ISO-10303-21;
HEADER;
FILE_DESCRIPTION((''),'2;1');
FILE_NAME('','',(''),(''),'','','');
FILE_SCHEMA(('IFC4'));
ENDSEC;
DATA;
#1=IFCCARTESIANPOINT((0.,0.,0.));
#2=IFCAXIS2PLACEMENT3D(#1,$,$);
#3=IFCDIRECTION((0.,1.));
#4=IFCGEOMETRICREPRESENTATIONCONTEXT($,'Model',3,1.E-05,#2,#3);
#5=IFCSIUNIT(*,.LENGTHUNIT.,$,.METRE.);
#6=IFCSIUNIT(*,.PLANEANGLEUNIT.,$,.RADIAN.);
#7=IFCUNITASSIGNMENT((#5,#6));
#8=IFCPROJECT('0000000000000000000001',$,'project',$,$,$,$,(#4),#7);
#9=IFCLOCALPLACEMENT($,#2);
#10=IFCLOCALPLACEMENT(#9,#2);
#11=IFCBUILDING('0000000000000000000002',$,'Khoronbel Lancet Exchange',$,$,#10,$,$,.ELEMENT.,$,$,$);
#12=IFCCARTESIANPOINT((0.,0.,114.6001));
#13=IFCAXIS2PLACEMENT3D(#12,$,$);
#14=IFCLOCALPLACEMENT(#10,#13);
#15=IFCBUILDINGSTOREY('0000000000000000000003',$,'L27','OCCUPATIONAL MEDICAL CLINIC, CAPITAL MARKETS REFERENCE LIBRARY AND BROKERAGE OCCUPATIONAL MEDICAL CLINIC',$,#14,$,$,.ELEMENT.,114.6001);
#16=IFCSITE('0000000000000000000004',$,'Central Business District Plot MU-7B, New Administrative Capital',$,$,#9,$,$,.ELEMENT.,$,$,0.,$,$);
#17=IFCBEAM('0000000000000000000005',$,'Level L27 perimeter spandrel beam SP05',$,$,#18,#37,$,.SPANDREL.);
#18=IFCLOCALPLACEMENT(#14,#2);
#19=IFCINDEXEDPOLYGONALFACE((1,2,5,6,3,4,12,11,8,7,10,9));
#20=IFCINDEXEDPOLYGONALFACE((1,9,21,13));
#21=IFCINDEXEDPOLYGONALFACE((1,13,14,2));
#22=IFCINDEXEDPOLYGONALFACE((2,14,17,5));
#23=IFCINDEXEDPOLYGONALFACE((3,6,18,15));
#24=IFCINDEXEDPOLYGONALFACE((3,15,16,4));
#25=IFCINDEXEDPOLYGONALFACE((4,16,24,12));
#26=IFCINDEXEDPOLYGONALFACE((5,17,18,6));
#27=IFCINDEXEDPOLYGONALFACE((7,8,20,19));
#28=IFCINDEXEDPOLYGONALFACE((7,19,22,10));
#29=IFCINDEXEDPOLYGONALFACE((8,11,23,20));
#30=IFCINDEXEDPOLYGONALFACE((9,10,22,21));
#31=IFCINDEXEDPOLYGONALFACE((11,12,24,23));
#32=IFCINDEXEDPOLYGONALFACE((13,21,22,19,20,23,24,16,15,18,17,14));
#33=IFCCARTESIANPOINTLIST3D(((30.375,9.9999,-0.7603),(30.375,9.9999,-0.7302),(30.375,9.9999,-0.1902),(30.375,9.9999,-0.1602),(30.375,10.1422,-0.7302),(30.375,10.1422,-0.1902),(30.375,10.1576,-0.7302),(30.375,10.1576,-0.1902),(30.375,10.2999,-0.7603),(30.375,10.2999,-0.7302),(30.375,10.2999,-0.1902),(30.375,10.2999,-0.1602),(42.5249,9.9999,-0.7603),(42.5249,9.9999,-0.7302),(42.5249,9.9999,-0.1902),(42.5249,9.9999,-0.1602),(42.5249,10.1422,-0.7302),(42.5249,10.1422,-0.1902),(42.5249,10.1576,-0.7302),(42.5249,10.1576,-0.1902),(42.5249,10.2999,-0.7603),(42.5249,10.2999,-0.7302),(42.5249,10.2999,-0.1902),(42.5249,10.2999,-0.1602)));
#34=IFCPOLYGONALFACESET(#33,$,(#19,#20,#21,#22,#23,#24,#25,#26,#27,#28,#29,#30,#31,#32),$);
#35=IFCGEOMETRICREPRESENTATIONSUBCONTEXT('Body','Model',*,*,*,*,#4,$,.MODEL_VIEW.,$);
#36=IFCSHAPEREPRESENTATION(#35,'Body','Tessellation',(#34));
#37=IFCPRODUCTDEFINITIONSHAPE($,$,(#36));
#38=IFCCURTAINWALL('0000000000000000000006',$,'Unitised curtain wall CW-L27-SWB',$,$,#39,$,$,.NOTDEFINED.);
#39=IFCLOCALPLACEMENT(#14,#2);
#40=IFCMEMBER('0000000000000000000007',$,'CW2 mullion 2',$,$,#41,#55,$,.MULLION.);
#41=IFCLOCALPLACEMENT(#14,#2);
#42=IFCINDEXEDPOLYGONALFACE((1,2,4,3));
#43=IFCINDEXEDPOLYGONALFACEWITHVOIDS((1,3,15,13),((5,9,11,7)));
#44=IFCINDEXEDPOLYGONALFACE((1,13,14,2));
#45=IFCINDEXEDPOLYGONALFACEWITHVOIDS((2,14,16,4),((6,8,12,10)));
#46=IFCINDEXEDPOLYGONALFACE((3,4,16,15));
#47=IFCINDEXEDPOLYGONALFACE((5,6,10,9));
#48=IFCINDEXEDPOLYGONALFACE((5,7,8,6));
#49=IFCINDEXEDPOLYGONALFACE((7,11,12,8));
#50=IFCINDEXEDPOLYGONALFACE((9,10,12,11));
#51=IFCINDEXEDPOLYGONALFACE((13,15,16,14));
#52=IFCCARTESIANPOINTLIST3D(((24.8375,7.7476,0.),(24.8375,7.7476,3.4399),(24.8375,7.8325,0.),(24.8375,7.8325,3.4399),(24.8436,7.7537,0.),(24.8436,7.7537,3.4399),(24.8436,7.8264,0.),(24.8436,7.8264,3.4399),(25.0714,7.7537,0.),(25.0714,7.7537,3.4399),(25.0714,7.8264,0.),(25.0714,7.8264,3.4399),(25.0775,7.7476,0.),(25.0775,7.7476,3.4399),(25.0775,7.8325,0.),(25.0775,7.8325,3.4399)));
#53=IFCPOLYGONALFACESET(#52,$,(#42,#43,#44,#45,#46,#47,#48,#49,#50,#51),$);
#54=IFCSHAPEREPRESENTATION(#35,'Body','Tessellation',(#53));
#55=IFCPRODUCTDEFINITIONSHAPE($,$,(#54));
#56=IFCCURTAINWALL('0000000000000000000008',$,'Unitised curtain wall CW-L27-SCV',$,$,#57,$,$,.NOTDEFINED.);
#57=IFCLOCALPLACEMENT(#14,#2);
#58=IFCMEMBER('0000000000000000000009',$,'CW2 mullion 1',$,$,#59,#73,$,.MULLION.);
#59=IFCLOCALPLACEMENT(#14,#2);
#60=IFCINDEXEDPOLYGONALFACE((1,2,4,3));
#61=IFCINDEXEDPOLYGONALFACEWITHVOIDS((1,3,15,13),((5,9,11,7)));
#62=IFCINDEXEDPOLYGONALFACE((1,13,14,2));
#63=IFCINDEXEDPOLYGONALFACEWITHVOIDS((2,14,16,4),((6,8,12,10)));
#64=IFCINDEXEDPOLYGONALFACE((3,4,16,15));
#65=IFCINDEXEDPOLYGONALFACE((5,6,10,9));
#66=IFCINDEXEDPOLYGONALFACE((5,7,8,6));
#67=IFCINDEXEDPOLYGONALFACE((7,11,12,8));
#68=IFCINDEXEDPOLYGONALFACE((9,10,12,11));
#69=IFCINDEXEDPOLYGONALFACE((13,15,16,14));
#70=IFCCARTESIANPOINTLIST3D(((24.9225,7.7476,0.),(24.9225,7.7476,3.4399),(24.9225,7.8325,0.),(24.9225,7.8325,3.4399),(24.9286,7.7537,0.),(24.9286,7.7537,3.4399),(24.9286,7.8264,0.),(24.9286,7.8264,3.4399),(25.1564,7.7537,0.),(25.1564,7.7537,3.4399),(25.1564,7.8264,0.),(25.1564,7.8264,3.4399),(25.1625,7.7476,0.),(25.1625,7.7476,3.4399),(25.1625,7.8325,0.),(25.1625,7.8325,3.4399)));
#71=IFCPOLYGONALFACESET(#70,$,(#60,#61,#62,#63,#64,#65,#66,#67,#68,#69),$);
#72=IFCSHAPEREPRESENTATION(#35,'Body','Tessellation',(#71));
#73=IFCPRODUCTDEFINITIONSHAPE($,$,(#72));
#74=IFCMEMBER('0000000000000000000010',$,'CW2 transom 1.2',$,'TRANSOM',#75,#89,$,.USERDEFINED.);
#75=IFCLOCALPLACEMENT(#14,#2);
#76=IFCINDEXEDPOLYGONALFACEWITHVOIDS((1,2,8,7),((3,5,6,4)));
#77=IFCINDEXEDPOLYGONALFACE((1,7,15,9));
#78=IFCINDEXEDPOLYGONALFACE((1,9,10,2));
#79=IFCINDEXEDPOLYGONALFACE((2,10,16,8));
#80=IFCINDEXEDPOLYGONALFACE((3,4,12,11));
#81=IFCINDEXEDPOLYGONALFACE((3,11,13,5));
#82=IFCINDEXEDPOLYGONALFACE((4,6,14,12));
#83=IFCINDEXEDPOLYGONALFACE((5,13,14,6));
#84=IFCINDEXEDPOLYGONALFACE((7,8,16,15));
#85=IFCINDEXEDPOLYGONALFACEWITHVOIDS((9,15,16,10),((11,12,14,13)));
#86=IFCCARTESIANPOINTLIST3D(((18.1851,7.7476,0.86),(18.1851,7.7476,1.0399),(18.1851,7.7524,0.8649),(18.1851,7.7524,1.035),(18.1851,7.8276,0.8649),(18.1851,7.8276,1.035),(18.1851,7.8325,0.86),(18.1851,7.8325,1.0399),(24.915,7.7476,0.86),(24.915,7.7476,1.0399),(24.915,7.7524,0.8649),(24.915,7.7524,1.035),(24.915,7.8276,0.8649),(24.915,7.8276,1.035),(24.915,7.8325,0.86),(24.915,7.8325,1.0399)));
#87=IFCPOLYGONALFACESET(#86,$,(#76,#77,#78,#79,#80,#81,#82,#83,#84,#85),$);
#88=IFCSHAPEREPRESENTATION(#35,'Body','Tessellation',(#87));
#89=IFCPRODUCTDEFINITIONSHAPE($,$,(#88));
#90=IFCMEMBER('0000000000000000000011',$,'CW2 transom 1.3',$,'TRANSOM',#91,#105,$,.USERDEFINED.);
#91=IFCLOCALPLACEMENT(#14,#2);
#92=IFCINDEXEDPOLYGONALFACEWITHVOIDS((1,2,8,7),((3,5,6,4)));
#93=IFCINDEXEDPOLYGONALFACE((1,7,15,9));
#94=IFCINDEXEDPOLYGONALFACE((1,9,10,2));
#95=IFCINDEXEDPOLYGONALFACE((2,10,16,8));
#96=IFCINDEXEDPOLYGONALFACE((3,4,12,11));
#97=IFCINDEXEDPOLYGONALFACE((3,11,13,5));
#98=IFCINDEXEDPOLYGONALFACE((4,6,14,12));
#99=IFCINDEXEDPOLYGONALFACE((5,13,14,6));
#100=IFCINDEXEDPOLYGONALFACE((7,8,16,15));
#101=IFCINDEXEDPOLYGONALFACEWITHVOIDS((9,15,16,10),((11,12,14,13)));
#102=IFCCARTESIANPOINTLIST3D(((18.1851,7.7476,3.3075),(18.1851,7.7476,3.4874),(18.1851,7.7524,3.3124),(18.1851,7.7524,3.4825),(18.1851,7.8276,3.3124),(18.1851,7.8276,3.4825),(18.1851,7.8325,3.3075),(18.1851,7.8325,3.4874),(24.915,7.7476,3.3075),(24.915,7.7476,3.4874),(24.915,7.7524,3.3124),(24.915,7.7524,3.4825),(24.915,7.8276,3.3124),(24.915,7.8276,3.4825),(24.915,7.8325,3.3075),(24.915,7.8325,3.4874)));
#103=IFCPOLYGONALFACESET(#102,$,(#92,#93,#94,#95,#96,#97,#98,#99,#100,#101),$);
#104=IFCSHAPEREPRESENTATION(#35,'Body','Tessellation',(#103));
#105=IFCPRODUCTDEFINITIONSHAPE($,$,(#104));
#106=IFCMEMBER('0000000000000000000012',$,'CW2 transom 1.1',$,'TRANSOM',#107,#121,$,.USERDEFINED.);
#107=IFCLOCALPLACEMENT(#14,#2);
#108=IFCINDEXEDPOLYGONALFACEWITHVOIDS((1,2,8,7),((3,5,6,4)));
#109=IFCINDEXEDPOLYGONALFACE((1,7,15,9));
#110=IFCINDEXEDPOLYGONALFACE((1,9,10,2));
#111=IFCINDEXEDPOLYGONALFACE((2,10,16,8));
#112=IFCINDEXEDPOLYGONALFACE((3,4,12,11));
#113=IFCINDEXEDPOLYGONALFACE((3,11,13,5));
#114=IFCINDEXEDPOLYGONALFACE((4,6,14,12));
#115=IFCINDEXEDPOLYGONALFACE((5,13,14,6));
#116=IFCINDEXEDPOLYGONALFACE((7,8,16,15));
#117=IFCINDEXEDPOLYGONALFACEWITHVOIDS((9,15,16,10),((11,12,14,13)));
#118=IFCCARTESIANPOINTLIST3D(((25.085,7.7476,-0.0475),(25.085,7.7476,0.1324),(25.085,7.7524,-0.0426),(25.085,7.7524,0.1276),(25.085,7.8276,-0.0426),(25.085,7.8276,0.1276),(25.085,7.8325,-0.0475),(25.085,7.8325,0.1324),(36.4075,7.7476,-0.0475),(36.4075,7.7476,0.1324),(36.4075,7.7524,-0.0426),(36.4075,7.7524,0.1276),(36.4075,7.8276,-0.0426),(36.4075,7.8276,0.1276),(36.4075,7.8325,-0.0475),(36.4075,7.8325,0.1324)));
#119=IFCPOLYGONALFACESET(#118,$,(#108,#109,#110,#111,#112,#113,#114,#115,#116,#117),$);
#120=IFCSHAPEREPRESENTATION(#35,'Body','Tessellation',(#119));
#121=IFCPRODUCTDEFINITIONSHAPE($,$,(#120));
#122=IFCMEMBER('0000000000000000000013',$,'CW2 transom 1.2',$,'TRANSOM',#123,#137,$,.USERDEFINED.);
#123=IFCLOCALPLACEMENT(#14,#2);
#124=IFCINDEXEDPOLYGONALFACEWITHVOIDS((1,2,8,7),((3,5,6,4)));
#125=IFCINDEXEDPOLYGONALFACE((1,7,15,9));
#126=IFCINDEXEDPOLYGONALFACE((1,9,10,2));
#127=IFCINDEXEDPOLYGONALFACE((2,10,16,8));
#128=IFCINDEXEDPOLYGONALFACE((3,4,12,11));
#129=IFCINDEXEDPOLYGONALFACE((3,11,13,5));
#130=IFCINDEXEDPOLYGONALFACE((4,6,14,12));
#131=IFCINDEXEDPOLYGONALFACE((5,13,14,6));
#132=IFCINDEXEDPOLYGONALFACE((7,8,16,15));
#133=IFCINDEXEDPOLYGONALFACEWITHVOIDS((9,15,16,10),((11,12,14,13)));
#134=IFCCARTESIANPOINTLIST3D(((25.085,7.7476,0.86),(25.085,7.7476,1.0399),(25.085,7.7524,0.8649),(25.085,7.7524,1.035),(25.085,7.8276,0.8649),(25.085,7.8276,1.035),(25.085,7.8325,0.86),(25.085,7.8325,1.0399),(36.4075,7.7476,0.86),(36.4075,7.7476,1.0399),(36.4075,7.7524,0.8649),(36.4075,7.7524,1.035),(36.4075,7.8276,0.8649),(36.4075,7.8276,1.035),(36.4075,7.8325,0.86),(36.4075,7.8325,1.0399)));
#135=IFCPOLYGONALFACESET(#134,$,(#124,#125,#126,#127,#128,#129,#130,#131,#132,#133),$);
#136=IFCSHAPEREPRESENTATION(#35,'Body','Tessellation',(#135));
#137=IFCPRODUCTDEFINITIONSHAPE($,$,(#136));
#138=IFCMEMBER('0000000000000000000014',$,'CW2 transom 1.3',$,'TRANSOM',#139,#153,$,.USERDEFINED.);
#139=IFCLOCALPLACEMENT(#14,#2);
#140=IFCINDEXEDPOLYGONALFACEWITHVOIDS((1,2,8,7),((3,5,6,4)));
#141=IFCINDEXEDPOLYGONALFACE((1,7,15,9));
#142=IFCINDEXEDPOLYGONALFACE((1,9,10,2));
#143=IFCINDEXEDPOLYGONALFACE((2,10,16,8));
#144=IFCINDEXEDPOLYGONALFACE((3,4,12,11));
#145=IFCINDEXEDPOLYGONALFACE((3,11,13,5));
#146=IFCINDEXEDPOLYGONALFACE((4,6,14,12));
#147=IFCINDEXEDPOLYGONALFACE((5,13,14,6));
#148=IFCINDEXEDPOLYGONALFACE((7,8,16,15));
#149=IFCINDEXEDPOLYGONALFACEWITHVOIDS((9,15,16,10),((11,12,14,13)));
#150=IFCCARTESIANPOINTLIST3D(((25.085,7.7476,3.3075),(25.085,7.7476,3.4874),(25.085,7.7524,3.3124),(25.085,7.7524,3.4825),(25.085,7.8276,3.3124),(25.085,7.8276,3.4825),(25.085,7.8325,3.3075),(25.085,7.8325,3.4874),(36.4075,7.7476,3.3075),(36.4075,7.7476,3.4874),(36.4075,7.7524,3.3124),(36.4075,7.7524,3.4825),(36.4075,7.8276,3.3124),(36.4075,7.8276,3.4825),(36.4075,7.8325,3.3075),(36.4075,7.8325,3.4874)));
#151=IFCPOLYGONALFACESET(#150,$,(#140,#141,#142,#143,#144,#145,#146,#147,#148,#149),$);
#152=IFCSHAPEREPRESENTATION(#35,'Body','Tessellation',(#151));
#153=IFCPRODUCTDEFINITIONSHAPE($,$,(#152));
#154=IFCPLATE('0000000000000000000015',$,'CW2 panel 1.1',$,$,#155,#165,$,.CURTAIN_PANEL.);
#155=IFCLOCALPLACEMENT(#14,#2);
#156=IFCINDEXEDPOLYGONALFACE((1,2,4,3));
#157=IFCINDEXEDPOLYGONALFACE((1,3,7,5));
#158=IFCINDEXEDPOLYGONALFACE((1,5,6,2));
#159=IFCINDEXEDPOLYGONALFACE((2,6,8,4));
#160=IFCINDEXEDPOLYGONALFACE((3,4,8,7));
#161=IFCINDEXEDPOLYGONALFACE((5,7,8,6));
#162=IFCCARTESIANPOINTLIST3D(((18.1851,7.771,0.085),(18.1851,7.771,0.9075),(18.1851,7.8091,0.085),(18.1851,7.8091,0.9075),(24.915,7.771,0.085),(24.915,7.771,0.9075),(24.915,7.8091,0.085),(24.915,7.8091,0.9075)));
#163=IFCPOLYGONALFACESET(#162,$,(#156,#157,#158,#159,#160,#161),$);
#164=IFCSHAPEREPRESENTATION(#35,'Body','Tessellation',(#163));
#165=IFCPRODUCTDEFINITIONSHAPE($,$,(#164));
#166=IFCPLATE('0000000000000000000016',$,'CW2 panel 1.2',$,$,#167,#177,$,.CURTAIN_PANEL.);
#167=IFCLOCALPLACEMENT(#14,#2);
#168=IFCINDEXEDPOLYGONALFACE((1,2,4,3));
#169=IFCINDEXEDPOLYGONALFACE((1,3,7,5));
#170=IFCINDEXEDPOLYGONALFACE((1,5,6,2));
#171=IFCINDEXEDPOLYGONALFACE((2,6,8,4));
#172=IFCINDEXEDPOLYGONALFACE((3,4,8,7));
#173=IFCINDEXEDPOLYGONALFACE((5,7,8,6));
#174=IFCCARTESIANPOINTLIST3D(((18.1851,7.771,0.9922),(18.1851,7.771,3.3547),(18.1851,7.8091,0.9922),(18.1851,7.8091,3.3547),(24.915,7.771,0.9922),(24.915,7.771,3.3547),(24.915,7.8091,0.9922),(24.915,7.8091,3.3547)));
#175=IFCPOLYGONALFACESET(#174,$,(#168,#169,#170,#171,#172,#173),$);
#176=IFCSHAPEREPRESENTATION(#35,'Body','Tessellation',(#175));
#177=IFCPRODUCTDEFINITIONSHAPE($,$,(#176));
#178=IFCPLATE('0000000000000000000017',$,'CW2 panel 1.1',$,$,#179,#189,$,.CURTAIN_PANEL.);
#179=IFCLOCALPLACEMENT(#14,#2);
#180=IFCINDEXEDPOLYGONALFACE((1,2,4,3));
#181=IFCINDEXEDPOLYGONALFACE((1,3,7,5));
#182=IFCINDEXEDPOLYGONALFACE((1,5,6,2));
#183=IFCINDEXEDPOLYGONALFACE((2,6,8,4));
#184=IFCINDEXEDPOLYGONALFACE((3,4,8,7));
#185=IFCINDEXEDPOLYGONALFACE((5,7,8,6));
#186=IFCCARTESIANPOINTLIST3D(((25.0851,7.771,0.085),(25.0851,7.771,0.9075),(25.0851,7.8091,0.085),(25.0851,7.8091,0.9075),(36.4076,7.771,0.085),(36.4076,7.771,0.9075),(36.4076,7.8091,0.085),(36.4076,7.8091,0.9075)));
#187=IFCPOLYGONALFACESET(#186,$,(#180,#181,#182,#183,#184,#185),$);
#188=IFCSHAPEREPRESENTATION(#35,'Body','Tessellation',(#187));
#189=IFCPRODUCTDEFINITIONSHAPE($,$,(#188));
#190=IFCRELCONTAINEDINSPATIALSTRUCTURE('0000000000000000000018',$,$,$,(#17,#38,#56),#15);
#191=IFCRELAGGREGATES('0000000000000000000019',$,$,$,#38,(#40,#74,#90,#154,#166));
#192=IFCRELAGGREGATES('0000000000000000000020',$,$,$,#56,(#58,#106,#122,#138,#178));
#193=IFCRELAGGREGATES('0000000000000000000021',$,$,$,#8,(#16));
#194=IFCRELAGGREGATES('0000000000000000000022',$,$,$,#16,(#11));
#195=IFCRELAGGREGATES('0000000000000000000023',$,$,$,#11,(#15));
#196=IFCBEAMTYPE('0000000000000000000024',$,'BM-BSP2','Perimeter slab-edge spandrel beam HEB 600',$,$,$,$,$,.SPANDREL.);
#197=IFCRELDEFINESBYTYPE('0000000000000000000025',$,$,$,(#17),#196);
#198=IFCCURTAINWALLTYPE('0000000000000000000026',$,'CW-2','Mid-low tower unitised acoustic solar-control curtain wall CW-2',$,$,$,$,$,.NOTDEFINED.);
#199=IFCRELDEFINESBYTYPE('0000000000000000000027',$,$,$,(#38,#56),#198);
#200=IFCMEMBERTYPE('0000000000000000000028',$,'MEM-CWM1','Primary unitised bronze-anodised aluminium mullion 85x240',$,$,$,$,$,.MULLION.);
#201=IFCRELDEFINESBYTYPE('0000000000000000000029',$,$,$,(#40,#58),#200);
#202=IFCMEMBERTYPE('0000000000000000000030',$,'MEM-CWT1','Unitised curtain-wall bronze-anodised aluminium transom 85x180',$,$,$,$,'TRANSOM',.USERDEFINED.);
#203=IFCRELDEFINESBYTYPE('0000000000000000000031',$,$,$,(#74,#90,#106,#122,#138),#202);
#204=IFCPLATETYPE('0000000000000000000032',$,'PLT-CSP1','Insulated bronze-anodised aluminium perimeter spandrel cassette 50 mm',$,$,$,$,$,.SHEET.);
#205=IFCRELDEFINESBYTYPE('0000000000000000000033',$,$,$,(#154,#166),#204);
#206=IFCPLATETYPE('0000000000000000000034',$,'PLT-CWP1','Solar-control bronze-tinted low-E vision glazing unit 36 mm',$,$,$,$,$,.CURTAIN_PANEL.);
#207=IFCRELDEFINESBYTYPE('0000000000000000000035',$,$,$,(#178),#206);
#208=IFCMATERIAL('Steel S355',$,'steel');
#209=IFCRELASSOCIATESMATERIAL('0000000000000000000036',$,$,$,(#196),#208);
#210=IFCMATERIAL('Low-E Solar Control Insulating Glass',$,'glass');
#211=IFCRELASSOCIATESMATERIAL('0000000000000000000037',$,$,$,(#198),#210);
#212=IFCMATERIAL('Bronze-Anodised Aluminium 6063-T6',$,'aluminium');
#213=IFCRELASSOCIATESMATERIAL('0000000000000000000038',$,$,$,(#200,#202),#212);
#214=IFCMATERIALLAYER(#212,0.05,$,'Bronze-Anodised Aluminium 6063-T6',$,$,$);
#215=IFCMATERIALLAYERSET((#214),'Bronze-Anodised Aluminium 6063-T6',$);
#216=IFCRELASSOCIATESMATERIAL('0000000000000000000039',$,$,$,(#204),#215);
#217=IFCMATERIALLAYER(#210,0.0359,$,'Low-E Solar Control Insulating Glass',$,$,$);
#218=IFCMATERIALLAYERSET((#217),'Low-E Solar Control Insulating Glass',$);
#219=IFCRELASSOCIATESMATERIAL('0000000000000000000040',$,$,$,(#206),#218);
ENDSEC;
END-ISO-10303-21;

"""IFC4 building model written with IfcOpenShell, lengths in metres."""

from ifc_helpers import new_model, si_unit, direction, frame, origin, origin_2d, place, context, subcontext, project, spatial, rectangle, hollow_rectangle, i_section, extrude, material, layer, layer_set, material_profile, profile_set, type_object, element, aggregate, save


model = new_model("IFC4")

# Units and contexts
model_context = context("Model", 3, precision=1e-05, world=origin(), true_north=direction((0.0, 1.0)))
body_context = subcontext(model_context, "Body", "Model", "MODEL_VIEW")
ifc_project = project(units=[si_unit("LENGTHUNIT", "METRE"), si_unit("PLANEANGLEUNIT", "RADIAN")], contexts=[model_context])

# Site, building, storey
site_placement = place(None, origin())
site = spatial("IfcSite", under=ifc_project, at=site_placement, Name="Central Business District Plot MU-7B, New Administrative Capital", CompositionType="ELEMENT", RefElevation=0.0)
building_placement = place(site_placement, origin())
building = spatial("IfcBuilding", under=site, at=building_placement, Name="Khoronbel Lancet Exchange", CompositionType="ELEMENT")
storey_placement = place(building_placement, frame((0.0, 0.0, 114.6001)))
storey = spatial("IfcBuildingStorey", under=building, at=storey_placement, Name="L27", Description="OCCUPATIONAL MEDICAL CLINIC, CAPITAL MARKETS REFERENCE LIBRARY AND BROKERAGE OCCUPATIONAL MEDICAL CLINIC", CompositionType="ELEMENT", Elevation=114.6001)

# Beam
ifc_material_1 = material(Name="Steel S355", Category="steel")
ifc_material_profile_1 = material_profile(ifc_material_1, i_section(OverallWidth=0.3, OverallDepth=0.6001, WebThickness=0.0154, FlangeThickness=0.03, at=origin_2d()), Name="HEB 600")
ifc_profile_set_1 = profile_set([ifc_material_profile_1], Name="Steel S355")
beam_type_1 = type_object("IfcBeamType", Name="BM-BSP2", Description="Perimeter slab-edge spandrel beam HEB 600", PredefinedType="SPANDREL", material=ifc_profile_set_1)
beam_1_placement = place(storey_placement, frame((30.375, 10.1499, -0.4602), z_axis=(1.0, 0.0, 0.0), x_axis=(0.0, 1.0, 0.0)))
element("IfcBeam", 1, at=beam_1_placement, inside=storey, type_object=beam_type_1, Name="Level L27 perimeter spandrel beam SP05", PredefinedType="SPANDREL", context=body_context, shape_type="SweptSolid", body=[
    extrude(i_section(OverallWidth=0.3, OverallDepth=0.6001, WebThickness=0.0154, FlangeThickness=0.03, at=origin_2d()), origin(), (0.0, 0.0, 1.0), 12.1499),
])

# Curtain walls, members
ifc_material_2 = material(Name="Low-E Solar Control Insulating Glass", Category="glass")
curtain_wall_type = type_object("IfcCurtainWallType", Name="CW-2", Description="Mid-low tower unitised acoustic solar-control curtain wall CW-2", PredefinedType="NOTDEFINED", material=ifc_material_2)
curtain_wall_1_placement = place(storey_placement, origin())
curtain_wall_1 = element("IfcCurtainWall", 2, at=curtain_wall_1_placement, inside=storey, type_object=curtain_wall_type, Name="Unitised curtain wall CW-L27-SWB", PredefinedType="NOTDEFINED")
ifc_material_3 = material(Name="Bronze-Anodised Aluminium 6063-T6", Category="aluminium")
ifc_material_profile_2 = material_profile(ifc_material_3, hollow_rectangle(XDim=0.085, YDim=0.24, WallThickness=0.0061, at=origin_2d()), Name="ALU MULLION 85x240")
ifc_profile_set_2 = profile_set([ifc_material_profile_2], Name="Bronze-Anodised Aluminium 6063-T6")
member_type_1 = type_object("IfcMemberType", Name="MEM-CWM1", Description="Primary unitised bronze-anodised aluminium mullion 85x240", PredefinedType="MULLION", material=ifc_profile_set_2)
member_1_placement = place(storey_placement, frame((24.9575, 7.79, 0.0), z_axis=(0.0, 0.0, 1.0), x_axis=(0.0, 1.0, 0.0)))
member_1 = element("IfcMember", 3, at=member_1_placement, type_object=member_type_1, Name="CW2 mullion 2", PredefinedType="MULLION", context=body_context, shape_type="SweptSolid", body=[
    extrude(hollow_rectangle(XDim=0.085, YDim=0.24, WallThickness=0.0061, at=origin_2d()), origin(), (0.0, 0.0, 1.0), 3.4399),
])
curtain_wall_2_placement = place(storey_placement, origin())
curtain_wall_2 = element("IfcCurtainWall", 4, at=curtain_wall_2_placement, inside=storey, type_object=curtain_wall_type, Name="Unitised curtain wall CW-L27-SCV", PredefinedType="NOTDEFINED")
member_2_placement = place(storey_placement, frame((25.0425, 7.79, 0.0), z_axis=(0.0, 0.0, 1.0), x_axis=(0.0, 1.0, 0.0)))
member_2 = element("IfcMember", 5, at=member_2_placement, type_object=member_type_1, Name="CW2 mullion 1", PredefinedType="MULLION", context=body_context, shape_type="SweptSolid", body=[
    extrude(hollow_rectangle(XDim=0.085, YDim=0.24, WallThickness=0.0061, at=origin_2d()), origin(), (0.0, 0.0, 1.0), 3.4399),
])

# Members
ifc_material_profile_3 = material_profile(ifc_material_3, hollow_rectangle(XDim=0.085, YDim=0.1799, WallThickness=0.0049, at=origin_2d()), Name="ALU TRANSOM 85x180")
ifc_profile_set_3 = profile_set([ifc_material_profile_3], Name="Bronze-Anodised Aluminium 6063-T6")
member_type_2 = type_object("IfcMemberType", Name="MEM-CWT1", Description="Unitised curtain-wall bronze-anodised aluminium transom 85x180", ElementType="TRANSOM", PredefinedType="USERDEFINED", material=ifc_profile_set_3)
member_3_placement = place(storey_placement, frame((18.1851, 7.79, 0.95), z_axis=(1.0, 0.0, 0.0), x_axis=(0.0, 1.0, 0.0)))
member_3 = element("IfcMember", 6, at=member_3_placement, type_object=member_type_2, Name="CW2 transom 1.2", ObjectType="TRANSOM", PredefinedType="USERDEFINED", context=body_context, shape_type="SweptSolid", body=[
    extrude(hollow_rectangle(XDim=0.085, YDim=0.1799, WallThickness=0.0049, at=origin_2d()), origin(), (0.0, 0.0, 1.0), 6.73),
])
member_4_placement = place(storey_placement, frame((18.1851, 7.79, 3.3975), z_axis=(1.0, 0.0, 0.0), x_axis=(0.0, 1.0, 0.0)))
member_4 = element("IfcMember", 7, at=member_4_placement, type_object=member_type_2, Name="CW2 transom 1.3", ObjectType="TRANSOM", PredefinedType="USERDEFINED", context=body_context, shape_type="SweptSolid", body=[
    extrude(hollow_rectangle(XDim=0.085, YDim=0.1799, WallThickness=0.0049, at=origin_2d()), origin(), (0.0, 0.0, 1.0), 6.73),
])
member_5_placement = place(storey_placement, frame((25.085, 7.79, 0.0425), z_axis=(1.0, 0.0, 0.0), x_axis=(0.0, 1.0, 0.0)))
member_5 = element("IfcMember", 8, at=member_5_placement, type_object=member_type_2, Name="CW2 transom 1.1", ObjectType="TRANSOM", PredefinedType="USERDEFINED", context=body_context, shape_type="SweptSolid", body=[
    extrude(hollow_rectangle(XDim=0.085, YDim=0.1799, WallThickness=0.0049, at=origin_2d()), origin(), (0.0, 0.0, 1.0), 11.3225),
])
member_6_placement = place(storey_placement, frame((25.085, 7.79, 0.95), z_axis=(1.0, 0.0, 0.0), x_axis=(0.0, 1.0, 0.0)))
member_6 = element("IfcMember", 9, at=member_6_placement, type_object=member_type_2, Name="CW2 transom 1.2", ObjectType="TRANSOM", PredefinedType="USERDEFINED", context=body_context, shape_type="SweptSolid", body=[
    extrude(hollow_rectangle(XDim=0.085, YDim=0.1799, WallThickness=0.0049, at=origin_2d()), origin(), (0.0, 0.0, 1.0), 11.3225),
])
member_7_placement = place(storey_placement, frame((25.085, 7.79, 3.3975), z_axis=(1.0, 0.0, 0.0), x_axis=(0.0, 1.0, 0.0)))
member_7 = element("IfcMember", 10, at=member_7_placement, type_object=member_type_2, Name="CW2 transom 1.3", ObjectType="TRANSOM", PredefinedType="USERDEFINED", context=body_context, shape_type="SweptSolid", body=[
    extrude(hollow_rectangle(XDim=0.085, YDim=0.1799, WallThickness=0.0049, at=origin_2d()), origin(), (0.0, 0.0, 1.0), 11.3225),
])

# Plates
ifc_layer_1 = layer(ifc_material_3, 0.05, Name="Bronze-Anodised Aluminium 6063-T6")
ifc_layer_set_1 = layer_set([ifc_layer_1], Name="Bronze-Anodised Aluminium 6063-T6")
plate_type_1 = type_object("IfcPlateType", Name="PLT-CSP1", Description="Insulated bronze-anodised aluminium perimeter spandrel cassette 50 mm", PredefinedType="SHEET", material=ifc_layer_set_1)
plate_1_placement = place(storey_placement, frame((21.55, 7.79, 0.085), z_axis=(0.0, 0.0, 1.0), x_axis=(1.0, 0.0, 0.0)))
plate_1 = element("IfcPlate", 11, at=plate_1_placement, type_object=plate_type_1, Name="CW2 panel 1.1", PredefinedType="CURTAIN_PANEL", context=body_context, shape_type="SweptSolid", body=[
    extrude(rectangle(XDim=6.73, YDim=0.0381, at=origin_2d()), origin(), (0.0, 0.0, 1.0), 0.8225),
])
plate_2_placement = place(storey_placement, frame((21.55, 7.79, 0.9922), z_axis=(0.0, 0.0, 1.0), x_axis=(1.0, 0.0, 0.0)))
plate_2 = element("IfcPlate", 12, at=plate_2_placement, type_object=plate_type_1, Name="CW2 panel 1.2", PredefinedType="CURTAIN_PANEL", context=body_context, shape_type="SweptSolid", body=[
    extrude(rectangle(XDim=6.73, YDim=0.0381, at=origin_2d()), origin(), (0.0, 0.0, 1.0), 2.3625),
])
aggregate(curtain_wall_1, [member_1, member_3, member_4, plate_1, plate_2])
ifc_layer_2 = layer(ifc_material_2, 0.0359, Name="Low-E Solar Control Insulating Glass")
ifc_layer_set_2 = layer_set([ifc_layer_2], Name="Low-E Solar Control Insulating Glass")
plate_type_2 = type_object("IfcPlateType", Name="PLT-CWP1", Description="Solar-control bronze-tinted low-E vision glazing unit 36 mm", PredefinedType="CURTAIN_PANEL", material=ifc_layer_set_2)
plate_3_placement = place(storey_placement, frame((30.7463, 7.79, 0.085), z_axis=(0.0, 0.0, 1.0), x_axis=(1.0, 0.0, 0.0)))
plate_3 = element("IfcPlate", 13, at=plate_3_placement, type_object=plate_type_2, Name="CW2 panel 1.1", PredefinedType="CURTAIN_PANEL", context=body_context, shape_type="SweptSolid", body=[
    extrude(rectangle(XDim=11.3225, YDim=0.0381, at=origin_2d()), origin(), (0.0, 0.0, 1.0), 0.8225),
])
aggregate(curtain_wall_2, [member_2, member_5, member_6, member_7, plate_3])

save(model, "model.ifc")
